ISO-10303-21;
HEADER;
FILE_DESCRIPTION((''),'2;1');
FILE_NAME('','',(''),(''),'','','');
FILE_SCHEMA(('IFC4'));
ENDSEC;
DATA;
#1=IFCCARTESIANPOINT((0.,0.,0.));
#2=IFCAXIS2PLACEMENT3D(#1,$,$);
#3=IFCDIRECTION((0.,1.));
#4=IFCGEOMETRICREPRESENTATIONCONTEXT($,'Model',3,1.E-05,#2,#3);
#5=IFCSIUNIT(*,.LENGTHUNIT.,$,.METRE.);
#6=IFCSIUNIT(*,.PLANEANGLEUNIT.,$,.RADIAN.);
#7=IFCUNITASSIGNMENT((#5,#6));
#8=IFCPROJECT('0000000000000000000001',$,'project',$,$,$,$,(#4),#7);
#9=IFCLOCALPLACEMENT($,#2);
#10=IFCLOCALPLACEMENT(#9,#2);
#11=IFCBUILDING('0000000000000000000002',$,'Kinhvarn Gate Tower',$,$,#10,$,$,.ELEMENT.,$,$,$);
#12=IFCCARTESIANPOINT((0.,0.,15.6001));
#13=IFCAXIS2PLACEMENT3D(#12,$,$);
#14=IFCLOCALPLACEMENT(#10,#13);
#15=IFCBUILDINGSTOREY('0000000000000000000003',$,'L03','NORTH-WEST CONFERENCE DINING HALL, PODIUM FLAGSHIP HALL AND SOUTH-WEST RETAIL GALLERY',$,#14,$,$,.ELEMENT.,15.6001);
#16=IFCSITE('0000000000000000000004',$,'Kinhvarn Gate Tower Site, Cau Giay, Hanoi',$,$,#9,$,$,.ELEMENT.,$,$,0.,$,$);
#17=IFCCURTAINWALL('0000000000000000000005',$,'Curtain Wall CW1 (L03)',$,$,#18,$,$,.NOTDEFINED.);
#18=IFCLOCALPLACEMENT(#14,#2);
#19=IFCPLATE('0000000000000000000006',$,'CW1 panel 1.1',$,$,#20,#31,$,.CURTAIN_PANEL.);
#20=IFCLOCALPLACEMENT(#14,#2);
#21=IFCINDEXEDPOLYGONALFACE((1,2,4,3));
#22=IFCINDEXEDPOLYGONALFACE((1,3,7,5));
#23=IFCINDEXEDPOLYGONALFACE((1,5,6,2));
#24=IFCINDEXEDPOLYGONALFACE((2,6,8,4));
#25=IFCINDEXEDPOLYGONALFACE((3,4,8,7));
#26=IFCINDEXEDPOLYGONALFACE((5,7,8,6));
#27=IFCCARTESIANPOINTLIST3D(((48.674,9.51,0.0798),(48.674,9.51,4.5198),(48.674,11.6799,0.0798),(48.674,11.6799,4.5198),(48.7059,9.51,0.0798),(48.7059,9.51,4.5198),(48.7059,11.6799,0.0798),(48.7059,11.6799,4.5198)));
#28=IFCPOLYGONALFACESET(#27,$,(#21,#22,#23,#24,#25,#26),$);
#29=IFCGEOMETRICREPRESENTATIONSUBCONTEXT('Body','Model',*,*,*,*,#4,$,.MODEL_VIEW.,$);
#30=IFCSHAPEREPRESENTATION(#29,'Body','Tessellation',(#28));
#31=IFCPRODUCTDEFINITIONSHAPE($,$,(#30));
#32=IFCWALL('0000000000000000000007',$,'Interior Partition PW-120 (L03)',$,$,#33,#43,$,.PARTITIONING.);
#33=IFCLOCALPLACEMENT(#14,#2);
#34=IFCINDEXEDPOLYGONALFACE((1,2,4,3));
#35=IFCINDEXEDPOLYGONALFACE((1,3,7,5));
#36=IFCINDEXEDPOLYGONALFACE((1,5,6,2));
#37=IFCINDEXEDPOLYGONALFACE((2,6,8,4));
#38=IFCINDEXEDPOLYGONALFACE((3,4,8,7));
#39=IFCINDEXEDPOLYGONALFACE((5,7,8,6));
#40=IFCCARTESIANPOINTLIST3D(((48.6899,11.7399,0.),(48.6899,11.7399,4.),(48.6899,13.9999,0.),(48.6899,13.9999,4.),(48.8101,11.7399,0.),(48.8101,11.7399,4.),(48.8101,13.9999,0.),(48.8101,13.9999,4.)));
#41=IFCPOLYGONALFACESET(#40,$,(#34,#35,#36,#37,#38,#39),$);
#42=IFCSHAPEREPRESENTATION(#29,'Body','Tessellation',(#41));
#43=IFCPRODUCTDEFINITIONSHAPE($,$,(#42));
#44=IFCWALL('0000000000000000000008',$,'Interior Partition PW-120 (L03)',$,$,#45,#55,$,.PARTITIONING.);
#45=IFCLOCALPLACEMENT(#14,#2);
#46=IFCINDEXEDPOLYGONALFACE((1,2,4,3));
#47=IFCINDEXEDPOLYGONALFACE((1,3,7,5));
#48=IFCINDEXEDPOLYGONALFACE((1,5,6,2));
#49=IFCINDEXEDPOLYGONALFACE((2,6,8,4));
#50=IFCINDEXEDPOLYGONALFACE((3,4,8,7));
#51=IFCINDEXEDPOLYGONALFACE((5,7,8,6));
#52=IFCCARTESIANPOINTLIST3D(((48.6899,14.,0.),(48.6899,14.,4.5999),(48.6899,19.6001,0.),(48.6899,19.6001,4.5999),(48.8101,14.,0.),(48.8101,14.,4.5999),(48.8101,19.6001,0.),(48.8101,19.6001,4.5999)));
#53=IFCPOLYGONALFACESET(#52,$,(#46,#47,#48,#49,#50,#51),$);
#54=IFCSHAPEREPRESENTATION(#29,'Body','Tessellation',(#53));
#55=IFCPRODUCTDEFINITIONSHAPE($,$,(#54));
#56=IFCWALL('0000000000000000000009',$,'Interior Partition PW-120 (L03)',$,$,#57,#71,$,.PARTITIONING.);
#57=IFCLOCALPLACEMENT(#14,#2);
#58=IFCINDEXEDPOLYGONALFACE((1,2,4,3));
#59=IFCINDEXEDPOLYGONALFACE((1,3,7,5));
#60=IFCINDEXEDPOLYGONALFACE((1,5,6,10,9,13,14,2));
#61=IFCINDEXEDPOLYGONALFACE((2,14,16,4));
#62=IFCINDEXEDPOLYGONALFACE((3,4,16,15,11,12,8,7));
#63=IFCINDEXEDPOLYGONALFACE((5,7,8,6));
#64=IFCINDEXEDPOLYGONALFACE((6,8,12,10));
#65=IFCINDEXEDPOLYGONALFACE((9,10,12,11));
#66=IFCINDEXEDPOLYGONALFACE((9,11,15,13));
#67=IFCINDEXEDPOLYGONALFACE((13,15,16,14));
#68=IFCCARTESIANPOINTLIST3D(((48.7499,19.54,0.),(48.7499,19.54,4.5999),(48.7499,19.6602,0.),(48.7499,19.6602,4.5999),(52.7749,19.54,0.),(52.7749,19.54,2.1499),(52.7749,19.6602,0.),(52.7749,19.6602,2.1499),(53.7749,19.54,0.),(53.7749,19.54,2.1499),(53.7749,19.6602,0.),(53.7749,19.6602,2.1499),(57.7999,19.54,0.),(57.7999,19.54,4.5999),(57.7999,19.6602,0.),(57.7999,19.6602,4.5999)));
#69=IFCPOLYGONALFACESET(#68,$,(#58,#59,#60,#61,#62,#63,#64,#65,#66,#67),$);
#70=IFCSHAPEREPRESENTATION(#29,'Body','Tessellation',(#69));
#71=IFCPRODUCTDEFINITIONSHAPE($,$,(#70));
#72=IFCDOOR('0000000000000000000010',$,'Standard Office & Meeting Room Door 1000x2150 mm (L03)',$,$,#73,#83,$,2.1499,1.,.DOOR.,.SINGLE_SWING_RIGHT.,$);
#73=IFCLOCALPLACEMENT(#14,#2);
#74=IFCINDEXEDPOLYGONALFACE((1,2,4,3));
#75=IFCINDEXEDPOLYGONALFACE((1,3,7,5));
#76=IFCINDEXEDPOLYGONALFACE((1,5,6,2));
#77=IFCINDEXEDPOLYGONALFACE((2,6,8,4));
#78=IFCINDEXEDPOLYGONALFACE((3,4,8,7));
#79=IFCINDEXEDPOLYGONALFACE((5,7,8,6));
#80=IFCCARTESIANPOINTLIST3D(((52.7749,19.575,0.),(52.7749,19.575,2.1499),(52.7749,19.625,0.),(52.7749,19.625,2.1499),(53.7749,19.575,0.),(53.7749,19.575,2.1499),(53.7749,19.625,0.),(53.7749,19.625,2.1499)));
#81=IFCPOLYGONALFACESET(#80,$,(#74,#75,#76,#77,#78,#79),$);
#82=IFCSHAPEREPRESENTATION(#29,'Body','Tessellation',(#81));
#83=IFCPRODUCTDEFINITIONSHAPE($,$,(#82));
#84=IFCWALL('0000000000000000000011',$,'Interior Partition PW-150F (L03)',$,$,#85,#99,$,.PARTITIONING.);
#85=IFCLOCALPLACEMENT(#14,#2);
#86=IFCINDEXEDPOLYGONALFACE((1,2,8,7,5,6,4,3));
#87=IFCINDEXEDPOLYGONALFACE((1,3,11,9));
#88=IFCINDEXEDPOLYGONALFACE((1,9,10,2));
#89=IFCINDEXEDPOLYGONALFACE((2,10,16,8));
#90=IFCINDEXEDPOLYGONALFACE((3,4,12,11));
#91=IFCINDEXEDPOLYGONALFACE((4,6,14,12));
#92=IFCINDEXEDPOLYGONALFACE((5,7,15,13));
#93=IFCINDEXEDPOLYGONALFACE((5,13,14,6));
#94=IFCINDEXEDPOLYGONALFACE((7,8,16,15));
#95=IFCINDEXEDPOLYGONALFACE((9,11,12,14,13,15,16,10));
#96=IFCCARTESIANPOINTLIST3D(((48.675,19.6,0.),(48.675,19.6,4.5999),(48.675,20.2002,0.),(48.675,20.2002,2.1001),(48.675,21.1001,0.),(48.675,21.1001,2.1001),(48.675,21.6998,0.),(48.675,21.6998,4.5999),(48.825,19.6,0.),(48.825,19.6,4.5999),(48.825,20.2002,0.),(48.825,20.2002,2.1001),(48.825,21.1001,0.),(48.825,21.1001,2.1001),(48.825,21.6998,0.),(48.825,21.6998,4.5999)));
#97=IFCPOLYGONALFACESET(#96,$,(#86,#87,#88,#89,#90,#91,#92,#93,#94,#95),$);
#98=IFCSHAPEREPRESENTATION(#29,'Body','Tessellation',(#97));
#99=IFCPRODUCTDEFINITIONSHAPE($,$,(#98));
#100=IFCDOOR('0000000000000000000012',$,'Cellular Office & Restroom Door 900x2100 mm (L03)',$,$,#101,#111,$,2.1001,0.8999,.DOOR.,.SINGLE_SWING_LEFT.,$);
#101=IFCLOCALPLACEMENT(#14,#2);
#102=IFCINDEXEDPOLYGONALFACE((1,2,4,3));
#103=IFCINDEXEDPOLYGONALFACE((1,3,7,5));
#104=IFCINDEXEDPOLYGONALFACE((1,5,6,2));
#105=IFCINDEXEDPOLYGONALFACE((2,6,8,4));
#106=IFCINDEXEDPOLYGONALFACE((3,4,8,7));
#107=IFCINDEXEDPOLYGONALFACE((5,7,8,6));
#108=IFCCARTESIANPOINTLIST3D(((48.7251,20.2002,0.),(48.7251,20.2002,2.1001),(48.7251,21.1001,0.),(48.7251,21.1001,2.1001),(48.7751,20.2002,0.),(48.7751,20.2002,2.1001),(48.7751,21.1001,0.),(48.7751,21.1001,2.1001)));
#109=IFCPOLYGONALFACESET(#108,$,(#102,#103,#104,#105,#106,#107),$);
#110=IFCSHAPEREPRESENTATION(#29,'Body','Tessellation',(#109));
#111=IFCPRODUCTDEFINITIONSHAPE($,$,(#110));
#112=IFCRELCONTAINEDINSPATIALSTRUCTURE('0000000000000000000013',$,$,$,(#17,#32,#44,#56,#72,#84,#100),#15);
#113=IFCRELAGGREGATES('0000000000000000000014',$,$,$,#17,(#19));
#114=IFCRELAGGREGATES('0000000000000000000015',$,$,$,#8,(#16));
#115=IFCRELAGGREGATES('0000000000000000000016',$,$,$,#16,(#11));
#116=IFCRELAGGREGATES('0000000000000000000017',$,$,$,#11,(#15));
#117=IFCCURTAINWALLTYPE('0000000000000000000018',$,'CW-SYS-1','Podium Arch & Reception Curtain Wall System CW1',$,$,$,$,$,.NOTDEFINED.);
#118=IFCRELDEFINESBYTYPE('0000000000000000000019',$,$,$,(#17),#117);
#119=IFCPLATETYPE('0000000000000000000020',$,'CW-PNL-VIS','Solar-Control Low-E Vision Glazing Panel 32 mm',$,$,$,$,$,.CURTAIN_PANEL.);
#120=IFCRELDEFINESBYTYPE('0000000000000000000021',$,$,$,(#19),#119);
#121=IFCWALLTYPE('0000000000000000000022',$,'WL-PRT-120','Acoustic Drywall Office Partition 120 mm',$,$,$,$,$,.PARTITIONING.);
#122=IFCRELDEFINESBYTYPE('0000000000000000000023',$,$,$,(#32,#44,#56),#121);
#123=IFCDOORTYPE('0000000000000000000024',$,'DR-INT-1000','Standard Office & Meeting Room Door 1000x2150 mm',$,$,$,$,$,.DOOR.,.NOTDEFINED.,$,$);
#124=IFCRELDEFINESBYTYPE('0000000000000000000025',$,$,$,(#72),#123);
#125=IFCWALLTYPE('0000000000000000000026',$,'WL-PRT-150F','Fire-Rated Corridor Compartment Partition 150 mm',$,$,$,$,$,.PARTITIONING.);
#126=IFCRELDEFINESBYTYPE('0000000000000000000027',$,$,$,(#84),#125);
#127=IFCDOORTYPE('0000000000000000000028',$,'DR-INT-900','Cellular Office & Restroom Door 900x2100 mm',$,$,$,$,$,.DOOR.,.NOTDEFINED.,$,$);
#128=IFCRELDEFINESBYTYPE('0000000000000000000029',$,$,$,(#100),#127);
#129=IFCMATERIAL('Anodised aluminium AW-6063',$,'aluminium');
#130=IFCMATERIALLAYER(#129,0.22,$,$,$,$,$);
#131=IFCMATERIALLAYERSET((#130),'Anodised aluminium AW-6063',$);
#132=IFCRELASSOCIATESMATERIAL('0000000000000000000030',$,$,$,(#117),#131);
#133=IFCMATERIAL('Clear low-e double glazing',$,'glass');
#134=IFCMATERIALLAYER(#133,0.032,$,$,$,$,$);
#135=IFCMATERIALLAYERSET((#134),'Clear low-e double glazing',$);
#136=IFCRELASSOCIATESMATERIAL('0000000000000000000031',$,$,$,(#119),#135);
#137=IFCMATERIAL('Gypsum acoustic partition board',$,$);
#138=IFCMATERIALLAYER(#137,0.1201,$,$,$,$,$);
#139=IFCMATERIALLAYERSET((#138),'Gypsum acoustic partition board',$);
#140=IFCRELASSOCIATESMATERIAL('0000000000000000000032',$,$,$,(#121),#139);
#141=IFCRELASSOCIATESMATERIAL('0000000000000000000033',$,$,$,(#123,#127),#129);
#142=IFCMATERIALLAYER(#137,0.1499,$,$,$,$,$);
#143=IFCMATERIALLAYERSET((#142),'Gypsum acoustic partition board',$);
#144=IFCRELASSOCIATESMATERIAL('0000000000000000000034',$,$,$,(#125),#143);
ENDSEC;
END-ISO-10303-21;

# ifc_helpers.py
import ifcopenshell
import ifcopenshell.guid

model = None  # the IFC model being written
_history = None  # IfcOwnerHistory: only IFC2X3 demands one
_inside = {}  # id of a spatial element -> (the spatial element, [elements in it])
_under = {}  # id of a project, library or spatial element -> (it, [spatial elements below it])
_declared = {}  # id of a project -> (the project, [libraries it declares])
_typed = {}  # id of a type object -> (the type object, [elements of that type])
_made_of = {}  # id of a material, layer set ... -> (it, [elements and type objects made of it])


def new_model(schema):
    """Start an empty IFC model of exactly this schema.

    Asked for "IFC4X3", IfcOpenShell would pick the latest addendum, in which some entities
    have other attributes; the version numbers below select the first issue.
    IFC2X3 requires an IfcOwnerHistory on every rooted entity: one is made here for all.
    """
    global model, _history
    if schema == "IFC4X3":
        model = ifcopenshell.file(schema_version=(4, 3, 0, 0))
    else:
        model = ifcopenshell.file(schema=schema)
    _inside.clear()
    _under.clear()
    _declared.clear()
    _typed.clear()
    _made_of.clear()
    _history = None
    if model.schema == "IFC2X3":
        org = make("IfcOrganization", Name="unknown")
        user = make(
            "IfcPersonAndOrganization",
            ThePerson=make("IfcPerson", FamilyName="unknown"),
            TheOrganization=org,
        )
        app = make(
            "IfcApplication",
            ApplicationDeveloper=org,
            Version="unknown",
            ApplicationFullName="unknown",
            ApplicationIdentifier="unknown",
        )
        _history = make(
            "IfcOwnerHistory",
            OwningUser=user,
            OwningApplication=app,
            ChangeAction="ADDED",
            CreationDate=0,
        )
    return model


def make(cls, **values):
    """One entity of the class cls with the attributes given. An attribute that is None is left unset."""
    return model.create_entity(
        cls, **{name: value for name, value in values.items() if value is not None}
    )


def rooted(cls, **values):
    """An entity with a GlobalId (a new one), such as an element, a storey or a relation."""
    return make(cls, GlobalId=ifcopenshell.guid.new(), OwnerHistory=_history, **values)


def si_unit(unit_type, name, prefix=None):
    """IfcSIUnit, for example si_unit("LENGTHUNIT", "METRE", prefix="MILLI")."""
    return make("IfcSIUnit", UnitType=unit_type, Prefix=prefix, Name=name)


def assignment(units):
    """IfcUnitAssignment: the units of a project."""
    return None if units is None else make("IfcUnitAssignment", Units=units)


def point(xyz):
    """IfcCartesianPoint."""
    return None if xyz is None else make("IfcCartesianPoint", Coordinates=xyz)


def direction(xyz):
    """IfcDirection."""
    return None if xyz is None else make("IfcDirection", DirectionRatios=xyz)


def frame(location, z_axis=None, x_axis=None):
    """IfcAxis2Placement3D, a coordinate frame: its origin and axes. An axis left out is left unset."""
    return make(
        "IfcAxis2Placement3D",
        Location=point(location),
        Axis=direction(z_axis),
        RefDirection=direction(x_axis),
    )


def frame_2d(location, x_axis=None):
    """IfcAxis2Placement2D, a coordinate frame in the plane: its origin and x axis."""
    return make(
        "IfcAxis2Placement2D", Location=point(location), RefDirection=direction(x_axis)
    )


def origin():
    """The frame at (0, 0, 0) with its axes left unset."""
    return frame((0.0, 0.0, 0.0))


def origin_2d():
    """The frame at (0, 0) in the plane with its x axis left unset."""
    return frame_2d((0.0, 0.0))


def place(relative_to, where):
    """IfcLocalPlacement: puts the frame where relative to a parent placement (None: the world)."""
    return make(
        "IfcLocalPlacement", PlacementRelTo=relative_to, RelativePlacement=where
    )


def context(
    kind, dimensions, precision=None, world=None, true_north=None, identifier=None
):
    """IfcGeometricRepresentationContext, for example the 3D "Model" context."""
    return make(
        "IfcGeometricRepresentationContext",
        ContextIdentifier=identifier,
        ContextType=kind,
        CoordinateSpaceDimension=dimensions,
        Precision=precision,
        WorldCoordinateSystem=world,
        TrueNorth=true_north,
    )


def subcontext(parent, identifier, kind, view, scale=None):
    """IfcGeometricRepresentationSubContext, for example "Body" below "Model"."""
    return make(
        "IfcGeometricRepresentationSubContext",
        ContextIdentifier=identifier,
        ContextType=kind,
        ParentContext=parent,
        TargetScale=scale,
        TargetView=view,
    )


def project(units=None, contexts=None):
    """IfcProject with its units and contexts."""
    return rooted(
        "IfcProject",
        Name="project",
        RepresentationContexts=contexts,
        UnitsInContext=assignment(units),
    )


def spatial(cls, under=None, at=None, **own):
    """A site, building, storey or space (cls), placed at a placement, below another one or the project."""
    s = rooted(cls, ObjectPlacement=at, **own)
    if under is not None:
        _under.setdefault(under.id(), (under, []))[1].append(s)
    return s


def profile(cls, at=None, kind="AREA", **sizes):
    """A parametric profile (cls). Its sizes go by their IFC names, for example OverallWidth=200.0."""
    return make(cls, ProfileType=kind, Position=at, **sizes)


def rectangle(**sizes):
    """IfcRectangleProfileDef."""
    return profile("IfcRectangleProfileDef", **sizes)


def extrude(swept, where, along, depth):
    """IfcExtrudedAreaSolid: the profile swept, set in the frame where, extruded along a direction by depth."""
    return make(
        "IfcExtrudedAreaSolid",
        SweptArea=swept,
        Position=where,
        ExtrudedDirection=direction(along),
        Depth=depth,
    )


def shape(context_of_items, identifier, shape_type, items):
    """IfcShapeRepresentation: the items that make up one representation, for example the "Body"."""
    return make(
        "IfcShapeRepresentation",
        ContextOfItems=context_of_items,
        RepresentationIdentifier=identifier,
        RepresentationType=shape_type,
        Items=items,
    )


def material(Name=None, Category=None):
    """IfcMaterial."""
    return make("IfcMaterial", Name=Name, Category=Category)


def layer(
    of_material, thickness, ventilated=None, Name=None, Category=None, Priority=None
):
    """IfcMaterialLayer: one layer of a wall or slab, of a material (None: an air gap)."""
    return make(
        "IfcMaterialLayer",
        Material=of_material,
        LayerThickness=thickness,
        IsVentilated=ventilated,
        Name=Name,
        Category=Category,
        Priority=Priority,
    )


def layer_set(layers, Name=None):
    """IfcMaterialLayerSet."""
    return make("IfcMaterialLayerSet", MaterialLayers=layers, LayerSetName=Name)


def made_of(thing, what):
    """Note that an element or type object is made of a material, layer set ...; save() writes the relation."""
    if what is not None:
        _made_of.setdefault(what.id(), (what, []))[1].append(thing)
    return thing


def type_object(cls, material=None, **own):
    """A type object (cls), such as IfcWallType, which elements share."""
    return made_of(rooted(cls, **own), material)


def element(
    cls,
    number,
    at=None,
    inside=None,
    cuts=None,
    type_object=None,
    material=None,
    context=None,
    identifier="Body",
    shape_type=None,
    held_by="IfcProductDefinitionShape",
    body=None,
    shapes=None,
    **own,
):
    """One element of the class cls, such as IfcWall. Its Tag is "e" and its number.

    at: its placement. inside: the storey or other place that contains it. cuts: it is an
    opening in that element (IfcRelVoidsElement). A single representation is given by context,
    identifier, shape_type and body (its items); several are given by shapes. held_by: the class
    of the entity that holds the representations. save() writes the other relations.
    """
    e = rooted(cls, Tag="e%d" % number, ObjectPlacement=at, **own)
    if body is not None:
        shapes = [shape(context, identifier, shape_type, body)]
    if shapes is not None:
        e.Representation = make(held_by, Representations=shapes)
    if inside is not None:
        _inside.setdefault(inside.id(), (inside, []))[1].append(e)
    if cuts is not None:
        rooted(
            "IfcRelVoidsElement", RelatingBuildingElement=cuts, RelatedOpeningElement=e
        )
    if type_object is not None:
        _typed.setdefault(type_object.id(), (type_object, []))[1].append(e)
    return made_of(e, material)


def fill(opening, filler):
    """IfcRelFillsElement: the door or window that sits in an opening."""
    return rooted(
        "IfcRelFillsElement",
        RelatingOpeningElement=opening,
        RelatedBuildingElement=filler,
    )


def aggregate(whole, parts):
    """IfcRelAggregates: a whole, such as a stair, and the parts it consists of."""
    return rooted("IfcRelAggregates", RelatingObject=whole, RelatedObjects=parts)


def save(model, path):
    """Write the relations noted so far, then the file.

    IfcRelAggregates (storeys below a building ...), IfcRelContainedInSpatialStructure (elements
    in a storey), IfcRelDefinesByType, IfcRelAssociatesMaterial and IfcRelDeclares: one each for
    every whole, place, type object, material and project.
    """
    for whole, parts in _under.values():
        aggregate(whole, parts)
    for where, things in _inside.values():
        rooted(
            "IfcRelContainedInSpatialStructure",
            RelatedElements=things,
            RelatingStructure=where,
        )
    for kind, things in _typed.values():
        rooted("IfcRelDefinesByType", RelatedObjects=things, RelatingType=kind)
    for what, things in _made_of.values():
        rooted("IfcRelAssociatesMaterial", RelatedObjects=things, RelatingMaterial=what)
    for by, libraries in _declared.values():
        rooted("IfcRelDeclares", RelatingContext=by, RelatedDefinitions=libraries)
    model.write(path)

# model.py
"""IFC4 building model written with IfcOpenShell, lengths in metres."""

from ifc_helpers import new_model, si_unit, direction, frame, frame_2d, origin, origin_2d, place, context, subcontext, project, spatial, rectangle, extrude, material, layer, layer_set, type_object, element, fill, aggregate, save


model = new_model("IFC4")

# Units and contexts
model_context = context("Model", 3, precision=1e-05, world=origin(), true_north=direction((0.0, 1.0)))
body_context = subcontext(model_context, "Body", "Model", "MODEL_VIEW")
ifc_project = project(units=[si_unit("LENGTHUNIT", "METRE"), si_unit("PLANEANGLEUNIT", "RADIAN")], contexts=[model_context])

# Site, building, storey
site_placement = place(None, origin())
site = spatial("IfcSite", under=ifc_project, at=site_placement, Name="Kinhvarn Gate Tower Site, Cau Giay, Hanoi", CompositionType="ELEMENT", RefElevation=0.0)
building_placement = place(site_placement, origin())
building = spatial("IfcBuilding", under=site, at=building_placement, Name="Kinhvarn Gate Tower", CompositionType="ELEMENT")
storey_placement = place(building_placement, frame((0.0, 0.0, 15.6001)))
storey = spatial("IfcBuildingStorey", under=building, at=storey_placement, Name="L03", Description="NORTH-WEST CONFERENCE DINING HALL, PODIUM FLAGSHIP HALL AND SOUTH-WEST RETAIL GALLERY", CompositionType="ELEMENT", Elevation=15.6001)

# Shared definitions
ifc_material_1 = material(Name="Anodised aluminium AW-6063", Category="aluminium")
ifc_layer_1 = layer(ifc_material_1, 0.22)
ifc_layer_set_1 = layer_set([ifc_layer_1], Name="Anodised aluminium AW-6063")
curtain_wall_type = type_object("IfcCurtainWallType", Name="CW-SYS-1", Description="Podium Arch & Reception Curtain Wall System CW1", PredefinedType="NOTDEFINED", material=ifc_layer_set_1)

# Curtain wall
curtain_wall_1_placement = place(storey_placement, origin())
curtain_wall_1 = element("IfcCurtainWall", 1, at=curtain_wall_1_placement, inside=storey, type_object=curtain_wall_type, Name="Curtain Wall CW1 (L03)", PredefinedType="NOTDEFINED")

# Plate
ifc_material_2 = material(Name="Clear low-e double glazing", Category="glass")
ifc_layer_2 = layer(ifc_material_2, 0.032)
ifc_layer_set_2 = layer_set([ifc_layer_2], Name="Clear low-e double glazing")
plate_type = type_object("IfcPlateType", Name="CW-PNL-VIS", Description="Solar-Control Low-E Vision Glazing Panel 32 mm", PredefinedType="CURTAIN_PANEL", material=ifc_layer_set_2)
plate_1_placement = place(storey_placement, frame((48.6899, 10.595, 0.0798), z_axis=(0.0, 0.0, 1.0), x_axis=(0.0, -1.0, 0.0)))
plate_1 = element("IfcPlate", 2, at=plate_1_placement, type_object=plate_type, Name="CW1 panel 1.1", PredefinedType="CURTAIN_PANEL", context=body_context, shape_type="SweptSolid", body=[
    extrude(rectangle(XDim=2.1699, YDim=0.032, at=origin_2d()), origin(), (0.0, 0.0, 1.0), 4.4399),
])
aggregate(curtain_wall_1, [plate_1])

# Walls
ifc_material_3 = material(Name="Gypsum acoustic partition board")
ifc_layer_3 = layer(ifc_material_3, 0.1201)
ifc_layer_set_3 = layer_set([ifc_layer_3], Name="Gypsum acoustic partition board")
wall_type_1 = type_object("IfcWallType", Name="WL-PRT-120", Description="Acoustic Drywall Office Partition 120 mm", PredefinedType="PARTITIONING", material=ifc_layer_set_3)
wall_1_placement = place(storey_placement, frame((48.75, 11.74, 0.0), z_axis=(0.0, 0.0, 1.0), x_axis=(0.0, 1.0, 0.0)))
element("IfcWall", 3, at=wall_1_placement, inside=storey, type_object=wall_type_1, Name="Interior Partition PW-120 (L03)", PredefinedType="PARTITIONING", context=body_context, shape_type="SweptSolid", body=[
    extrude(rectangle(XDim=2.26, YDim=0.1201, at=frame_2d((1.1299, 0.0))), origin(), (0.0, 0.0, 1.0), 4.0),
])
wall_2_placement = place(storey_placement, frame((48.75, 14.0, 0.0), z_axis=(0.0, 0.0, 1.0), x_axis=(0.0, 1.0, 0.0)))
element("IfcWall", 4, at=wall_2_placement, inside=storey, type_object=wall_type_1, Name="Interior Partition PW-120 (L03)", PredefinedType="PARTITIONING", context=body_context, shape_type="SweptSolid", body=[
    extrude(rectangle(XDim=5.6001, YDim=0.1201, at=frame_2d((2.8, 0.0))), origin(), (0.0, 0.0, 1.0), 4.5999),
])

# Walls, openings, doors
wall_3_placement = place(storey_placement, frame((48.75, 19.6001, 0.0), z_axis=(0.0, 0.0, 1.0), x_axis=(1.0, 0.0, 0.0)))
wall_3 = element("IfcWall", 5, at=wall_3_placement, inside=storey, type_object=wall_type_1, Name="Interior Partition PW-120 (L03)", PredefinedType="PARTITIONING", context=body_context, shape_type="SweptSolid", body=[
    extrude(rectangle(XDim=9.05, YDim=0.1201, at=frame_2d((4.5249, 0.0))), origin(), (0.0, 0.0, 1.0), 4.5999),
])
opening_1_placement = place(wall_3_placement, frame((4.0249, 0.0, 0.0)))
opening_1 = element("IfcOpeningElement", 6, at=opening_1_placement, cuts=wall_3, PredefinedType="OPENING", context=body_context, shape_type="SweptSolid", body=[
    extrude(rectangle(XDim=1.0, YDim=2.1499, at=frame_2d((0.5, 1.075))), frame((0.0, 0.0701, 0.0), z_axis=(0.0, -1.0, 0.0), x_axis=(1.0, 0.0, 0.0)), (0.0, 0.0, 1.0), 0.1401),
])
door_type_1 = type_object("IfcDoorType", Name="DR-INT-1000", Description="Standard Office & Meeting Room Door 1000x2150 mm", OperationType="NOTDEFINED", PredefinedType="DOOR", material=ifc_material_1)
door_1_placement = place(opening_1_placement, origin())
door_1 = element("IfcDoor", 7, at=door_1_placement, inside=storey, type_object=door_type_1, Name="Standard Office & Meeting Room Door 1000x2150 mm (L03)", OperationType="SINGLE_SWING_RIGHT", OverallHeight=2.1499, OverallWidth=1.0, PredefinedType="DOOR", context=body_context, shape_type="SweptSolid", body=[
    extrude(rectangle(XDim=1.0, YDim=2.1499, at=frame_2d((0.5, 1.075))), frame((0.0, 0.0249, 0.0), z_axis=(0.0, -1.0, 0.0), x_axis=(1.0, 0.0, 0.0)), (0.0, 0.0, 1.0), 0.05),
])
fill(opening_1, door_1)
ifc_layer_4 = layer(ifc_material_3, 0.1499)
ifc_layer_set_4 = layer_set([ifc_layer_4], Name="Gypsum acoustic partition board")
wall_type_2 = type_object("IfcWallType", Name="WL-PRT-150F", Description="Fire-Rated Corridor Compartment Partition 150 mm", PredefinedType="PARTITIONING", material=ifc_layer_set_4)
wall_4_placement = place(storey_placement, frame((48.75, 19.6001, 0.0), z_axis=(0.0, 0.0, 1.0), x_axis=(0.0, 1.0, 0.0)))
wall_4 = element("IfcWall", 8, at=wall_4_placement, inside=storey, type_object=wall_type_2, Name="Interior Partition PW-150F (L03)", PredefinedType="PARTITIONING", context=body_context, shape_type="SweptSolid", body=[
    extrude(rectangle(XDim=2.0999, YDim=0.1499, at=frame_2d((1.0498, 0.0))), origin(), (0.0, 0.0, 1.0), 4.5999),
])
opening_2_placement = place(wall_4_placement, frame((0.6001, 0.0, 0.0)))
opening_2 = element("IfcOpeningElement", 9, at=opening_2_placement, cuts=wall_4, PredefinedType="OPENING", context=body_context, shape_type="SweptSolid", body=[
    extrude(rectangle(XDim=0.8999, YDim=2.1001, at=frame_2d((0.45, 1.05))), frame((0.0, 0.085, 0.0), z_axis=(0.0, -1.0, 0.0), x_axis=(1.0, 0.0, 0.0)), (0.0, 0.0, 1.0), 0.1699),
])
door_type_2 = type_object("IfcDoorType", Name="DR-INT-900", Description="Cellular Office & Restroom Door 900x2100 mm", OperationType="NOTDEFINED", PredefinedType="DOOR", material=ifc_material_1)
door_2_placement = place(opening_2_placement, origin())
door_2 = element("IfcDoor", 10, at=door_2_placement, inside=storey, type_object=door_type_2, Name="Cellular Office & Restroom Door 900x2100 mm (L03)", OperationType="SINGLE_SWING_LEFT", OverallHeight=2.1001, OverallWidth=0.8999, PredefinedType="DOOR", context=body_context, shape_type="SweptSolid", body=[
    extrude(rectangle(XDim=0.8999, YDim=2.1001, at=frame_2d((0.45, 1.05))), frame((0.0, 0.0249, 0.0), z_axis=(0.0, -1.0, 0.0), x_axis=(1.0, 0.0, 0.0)), (0.0, 0.0, 1.0), 0.05),
])
fill(opening_2, door_2)

save(model, "model.ifc")
